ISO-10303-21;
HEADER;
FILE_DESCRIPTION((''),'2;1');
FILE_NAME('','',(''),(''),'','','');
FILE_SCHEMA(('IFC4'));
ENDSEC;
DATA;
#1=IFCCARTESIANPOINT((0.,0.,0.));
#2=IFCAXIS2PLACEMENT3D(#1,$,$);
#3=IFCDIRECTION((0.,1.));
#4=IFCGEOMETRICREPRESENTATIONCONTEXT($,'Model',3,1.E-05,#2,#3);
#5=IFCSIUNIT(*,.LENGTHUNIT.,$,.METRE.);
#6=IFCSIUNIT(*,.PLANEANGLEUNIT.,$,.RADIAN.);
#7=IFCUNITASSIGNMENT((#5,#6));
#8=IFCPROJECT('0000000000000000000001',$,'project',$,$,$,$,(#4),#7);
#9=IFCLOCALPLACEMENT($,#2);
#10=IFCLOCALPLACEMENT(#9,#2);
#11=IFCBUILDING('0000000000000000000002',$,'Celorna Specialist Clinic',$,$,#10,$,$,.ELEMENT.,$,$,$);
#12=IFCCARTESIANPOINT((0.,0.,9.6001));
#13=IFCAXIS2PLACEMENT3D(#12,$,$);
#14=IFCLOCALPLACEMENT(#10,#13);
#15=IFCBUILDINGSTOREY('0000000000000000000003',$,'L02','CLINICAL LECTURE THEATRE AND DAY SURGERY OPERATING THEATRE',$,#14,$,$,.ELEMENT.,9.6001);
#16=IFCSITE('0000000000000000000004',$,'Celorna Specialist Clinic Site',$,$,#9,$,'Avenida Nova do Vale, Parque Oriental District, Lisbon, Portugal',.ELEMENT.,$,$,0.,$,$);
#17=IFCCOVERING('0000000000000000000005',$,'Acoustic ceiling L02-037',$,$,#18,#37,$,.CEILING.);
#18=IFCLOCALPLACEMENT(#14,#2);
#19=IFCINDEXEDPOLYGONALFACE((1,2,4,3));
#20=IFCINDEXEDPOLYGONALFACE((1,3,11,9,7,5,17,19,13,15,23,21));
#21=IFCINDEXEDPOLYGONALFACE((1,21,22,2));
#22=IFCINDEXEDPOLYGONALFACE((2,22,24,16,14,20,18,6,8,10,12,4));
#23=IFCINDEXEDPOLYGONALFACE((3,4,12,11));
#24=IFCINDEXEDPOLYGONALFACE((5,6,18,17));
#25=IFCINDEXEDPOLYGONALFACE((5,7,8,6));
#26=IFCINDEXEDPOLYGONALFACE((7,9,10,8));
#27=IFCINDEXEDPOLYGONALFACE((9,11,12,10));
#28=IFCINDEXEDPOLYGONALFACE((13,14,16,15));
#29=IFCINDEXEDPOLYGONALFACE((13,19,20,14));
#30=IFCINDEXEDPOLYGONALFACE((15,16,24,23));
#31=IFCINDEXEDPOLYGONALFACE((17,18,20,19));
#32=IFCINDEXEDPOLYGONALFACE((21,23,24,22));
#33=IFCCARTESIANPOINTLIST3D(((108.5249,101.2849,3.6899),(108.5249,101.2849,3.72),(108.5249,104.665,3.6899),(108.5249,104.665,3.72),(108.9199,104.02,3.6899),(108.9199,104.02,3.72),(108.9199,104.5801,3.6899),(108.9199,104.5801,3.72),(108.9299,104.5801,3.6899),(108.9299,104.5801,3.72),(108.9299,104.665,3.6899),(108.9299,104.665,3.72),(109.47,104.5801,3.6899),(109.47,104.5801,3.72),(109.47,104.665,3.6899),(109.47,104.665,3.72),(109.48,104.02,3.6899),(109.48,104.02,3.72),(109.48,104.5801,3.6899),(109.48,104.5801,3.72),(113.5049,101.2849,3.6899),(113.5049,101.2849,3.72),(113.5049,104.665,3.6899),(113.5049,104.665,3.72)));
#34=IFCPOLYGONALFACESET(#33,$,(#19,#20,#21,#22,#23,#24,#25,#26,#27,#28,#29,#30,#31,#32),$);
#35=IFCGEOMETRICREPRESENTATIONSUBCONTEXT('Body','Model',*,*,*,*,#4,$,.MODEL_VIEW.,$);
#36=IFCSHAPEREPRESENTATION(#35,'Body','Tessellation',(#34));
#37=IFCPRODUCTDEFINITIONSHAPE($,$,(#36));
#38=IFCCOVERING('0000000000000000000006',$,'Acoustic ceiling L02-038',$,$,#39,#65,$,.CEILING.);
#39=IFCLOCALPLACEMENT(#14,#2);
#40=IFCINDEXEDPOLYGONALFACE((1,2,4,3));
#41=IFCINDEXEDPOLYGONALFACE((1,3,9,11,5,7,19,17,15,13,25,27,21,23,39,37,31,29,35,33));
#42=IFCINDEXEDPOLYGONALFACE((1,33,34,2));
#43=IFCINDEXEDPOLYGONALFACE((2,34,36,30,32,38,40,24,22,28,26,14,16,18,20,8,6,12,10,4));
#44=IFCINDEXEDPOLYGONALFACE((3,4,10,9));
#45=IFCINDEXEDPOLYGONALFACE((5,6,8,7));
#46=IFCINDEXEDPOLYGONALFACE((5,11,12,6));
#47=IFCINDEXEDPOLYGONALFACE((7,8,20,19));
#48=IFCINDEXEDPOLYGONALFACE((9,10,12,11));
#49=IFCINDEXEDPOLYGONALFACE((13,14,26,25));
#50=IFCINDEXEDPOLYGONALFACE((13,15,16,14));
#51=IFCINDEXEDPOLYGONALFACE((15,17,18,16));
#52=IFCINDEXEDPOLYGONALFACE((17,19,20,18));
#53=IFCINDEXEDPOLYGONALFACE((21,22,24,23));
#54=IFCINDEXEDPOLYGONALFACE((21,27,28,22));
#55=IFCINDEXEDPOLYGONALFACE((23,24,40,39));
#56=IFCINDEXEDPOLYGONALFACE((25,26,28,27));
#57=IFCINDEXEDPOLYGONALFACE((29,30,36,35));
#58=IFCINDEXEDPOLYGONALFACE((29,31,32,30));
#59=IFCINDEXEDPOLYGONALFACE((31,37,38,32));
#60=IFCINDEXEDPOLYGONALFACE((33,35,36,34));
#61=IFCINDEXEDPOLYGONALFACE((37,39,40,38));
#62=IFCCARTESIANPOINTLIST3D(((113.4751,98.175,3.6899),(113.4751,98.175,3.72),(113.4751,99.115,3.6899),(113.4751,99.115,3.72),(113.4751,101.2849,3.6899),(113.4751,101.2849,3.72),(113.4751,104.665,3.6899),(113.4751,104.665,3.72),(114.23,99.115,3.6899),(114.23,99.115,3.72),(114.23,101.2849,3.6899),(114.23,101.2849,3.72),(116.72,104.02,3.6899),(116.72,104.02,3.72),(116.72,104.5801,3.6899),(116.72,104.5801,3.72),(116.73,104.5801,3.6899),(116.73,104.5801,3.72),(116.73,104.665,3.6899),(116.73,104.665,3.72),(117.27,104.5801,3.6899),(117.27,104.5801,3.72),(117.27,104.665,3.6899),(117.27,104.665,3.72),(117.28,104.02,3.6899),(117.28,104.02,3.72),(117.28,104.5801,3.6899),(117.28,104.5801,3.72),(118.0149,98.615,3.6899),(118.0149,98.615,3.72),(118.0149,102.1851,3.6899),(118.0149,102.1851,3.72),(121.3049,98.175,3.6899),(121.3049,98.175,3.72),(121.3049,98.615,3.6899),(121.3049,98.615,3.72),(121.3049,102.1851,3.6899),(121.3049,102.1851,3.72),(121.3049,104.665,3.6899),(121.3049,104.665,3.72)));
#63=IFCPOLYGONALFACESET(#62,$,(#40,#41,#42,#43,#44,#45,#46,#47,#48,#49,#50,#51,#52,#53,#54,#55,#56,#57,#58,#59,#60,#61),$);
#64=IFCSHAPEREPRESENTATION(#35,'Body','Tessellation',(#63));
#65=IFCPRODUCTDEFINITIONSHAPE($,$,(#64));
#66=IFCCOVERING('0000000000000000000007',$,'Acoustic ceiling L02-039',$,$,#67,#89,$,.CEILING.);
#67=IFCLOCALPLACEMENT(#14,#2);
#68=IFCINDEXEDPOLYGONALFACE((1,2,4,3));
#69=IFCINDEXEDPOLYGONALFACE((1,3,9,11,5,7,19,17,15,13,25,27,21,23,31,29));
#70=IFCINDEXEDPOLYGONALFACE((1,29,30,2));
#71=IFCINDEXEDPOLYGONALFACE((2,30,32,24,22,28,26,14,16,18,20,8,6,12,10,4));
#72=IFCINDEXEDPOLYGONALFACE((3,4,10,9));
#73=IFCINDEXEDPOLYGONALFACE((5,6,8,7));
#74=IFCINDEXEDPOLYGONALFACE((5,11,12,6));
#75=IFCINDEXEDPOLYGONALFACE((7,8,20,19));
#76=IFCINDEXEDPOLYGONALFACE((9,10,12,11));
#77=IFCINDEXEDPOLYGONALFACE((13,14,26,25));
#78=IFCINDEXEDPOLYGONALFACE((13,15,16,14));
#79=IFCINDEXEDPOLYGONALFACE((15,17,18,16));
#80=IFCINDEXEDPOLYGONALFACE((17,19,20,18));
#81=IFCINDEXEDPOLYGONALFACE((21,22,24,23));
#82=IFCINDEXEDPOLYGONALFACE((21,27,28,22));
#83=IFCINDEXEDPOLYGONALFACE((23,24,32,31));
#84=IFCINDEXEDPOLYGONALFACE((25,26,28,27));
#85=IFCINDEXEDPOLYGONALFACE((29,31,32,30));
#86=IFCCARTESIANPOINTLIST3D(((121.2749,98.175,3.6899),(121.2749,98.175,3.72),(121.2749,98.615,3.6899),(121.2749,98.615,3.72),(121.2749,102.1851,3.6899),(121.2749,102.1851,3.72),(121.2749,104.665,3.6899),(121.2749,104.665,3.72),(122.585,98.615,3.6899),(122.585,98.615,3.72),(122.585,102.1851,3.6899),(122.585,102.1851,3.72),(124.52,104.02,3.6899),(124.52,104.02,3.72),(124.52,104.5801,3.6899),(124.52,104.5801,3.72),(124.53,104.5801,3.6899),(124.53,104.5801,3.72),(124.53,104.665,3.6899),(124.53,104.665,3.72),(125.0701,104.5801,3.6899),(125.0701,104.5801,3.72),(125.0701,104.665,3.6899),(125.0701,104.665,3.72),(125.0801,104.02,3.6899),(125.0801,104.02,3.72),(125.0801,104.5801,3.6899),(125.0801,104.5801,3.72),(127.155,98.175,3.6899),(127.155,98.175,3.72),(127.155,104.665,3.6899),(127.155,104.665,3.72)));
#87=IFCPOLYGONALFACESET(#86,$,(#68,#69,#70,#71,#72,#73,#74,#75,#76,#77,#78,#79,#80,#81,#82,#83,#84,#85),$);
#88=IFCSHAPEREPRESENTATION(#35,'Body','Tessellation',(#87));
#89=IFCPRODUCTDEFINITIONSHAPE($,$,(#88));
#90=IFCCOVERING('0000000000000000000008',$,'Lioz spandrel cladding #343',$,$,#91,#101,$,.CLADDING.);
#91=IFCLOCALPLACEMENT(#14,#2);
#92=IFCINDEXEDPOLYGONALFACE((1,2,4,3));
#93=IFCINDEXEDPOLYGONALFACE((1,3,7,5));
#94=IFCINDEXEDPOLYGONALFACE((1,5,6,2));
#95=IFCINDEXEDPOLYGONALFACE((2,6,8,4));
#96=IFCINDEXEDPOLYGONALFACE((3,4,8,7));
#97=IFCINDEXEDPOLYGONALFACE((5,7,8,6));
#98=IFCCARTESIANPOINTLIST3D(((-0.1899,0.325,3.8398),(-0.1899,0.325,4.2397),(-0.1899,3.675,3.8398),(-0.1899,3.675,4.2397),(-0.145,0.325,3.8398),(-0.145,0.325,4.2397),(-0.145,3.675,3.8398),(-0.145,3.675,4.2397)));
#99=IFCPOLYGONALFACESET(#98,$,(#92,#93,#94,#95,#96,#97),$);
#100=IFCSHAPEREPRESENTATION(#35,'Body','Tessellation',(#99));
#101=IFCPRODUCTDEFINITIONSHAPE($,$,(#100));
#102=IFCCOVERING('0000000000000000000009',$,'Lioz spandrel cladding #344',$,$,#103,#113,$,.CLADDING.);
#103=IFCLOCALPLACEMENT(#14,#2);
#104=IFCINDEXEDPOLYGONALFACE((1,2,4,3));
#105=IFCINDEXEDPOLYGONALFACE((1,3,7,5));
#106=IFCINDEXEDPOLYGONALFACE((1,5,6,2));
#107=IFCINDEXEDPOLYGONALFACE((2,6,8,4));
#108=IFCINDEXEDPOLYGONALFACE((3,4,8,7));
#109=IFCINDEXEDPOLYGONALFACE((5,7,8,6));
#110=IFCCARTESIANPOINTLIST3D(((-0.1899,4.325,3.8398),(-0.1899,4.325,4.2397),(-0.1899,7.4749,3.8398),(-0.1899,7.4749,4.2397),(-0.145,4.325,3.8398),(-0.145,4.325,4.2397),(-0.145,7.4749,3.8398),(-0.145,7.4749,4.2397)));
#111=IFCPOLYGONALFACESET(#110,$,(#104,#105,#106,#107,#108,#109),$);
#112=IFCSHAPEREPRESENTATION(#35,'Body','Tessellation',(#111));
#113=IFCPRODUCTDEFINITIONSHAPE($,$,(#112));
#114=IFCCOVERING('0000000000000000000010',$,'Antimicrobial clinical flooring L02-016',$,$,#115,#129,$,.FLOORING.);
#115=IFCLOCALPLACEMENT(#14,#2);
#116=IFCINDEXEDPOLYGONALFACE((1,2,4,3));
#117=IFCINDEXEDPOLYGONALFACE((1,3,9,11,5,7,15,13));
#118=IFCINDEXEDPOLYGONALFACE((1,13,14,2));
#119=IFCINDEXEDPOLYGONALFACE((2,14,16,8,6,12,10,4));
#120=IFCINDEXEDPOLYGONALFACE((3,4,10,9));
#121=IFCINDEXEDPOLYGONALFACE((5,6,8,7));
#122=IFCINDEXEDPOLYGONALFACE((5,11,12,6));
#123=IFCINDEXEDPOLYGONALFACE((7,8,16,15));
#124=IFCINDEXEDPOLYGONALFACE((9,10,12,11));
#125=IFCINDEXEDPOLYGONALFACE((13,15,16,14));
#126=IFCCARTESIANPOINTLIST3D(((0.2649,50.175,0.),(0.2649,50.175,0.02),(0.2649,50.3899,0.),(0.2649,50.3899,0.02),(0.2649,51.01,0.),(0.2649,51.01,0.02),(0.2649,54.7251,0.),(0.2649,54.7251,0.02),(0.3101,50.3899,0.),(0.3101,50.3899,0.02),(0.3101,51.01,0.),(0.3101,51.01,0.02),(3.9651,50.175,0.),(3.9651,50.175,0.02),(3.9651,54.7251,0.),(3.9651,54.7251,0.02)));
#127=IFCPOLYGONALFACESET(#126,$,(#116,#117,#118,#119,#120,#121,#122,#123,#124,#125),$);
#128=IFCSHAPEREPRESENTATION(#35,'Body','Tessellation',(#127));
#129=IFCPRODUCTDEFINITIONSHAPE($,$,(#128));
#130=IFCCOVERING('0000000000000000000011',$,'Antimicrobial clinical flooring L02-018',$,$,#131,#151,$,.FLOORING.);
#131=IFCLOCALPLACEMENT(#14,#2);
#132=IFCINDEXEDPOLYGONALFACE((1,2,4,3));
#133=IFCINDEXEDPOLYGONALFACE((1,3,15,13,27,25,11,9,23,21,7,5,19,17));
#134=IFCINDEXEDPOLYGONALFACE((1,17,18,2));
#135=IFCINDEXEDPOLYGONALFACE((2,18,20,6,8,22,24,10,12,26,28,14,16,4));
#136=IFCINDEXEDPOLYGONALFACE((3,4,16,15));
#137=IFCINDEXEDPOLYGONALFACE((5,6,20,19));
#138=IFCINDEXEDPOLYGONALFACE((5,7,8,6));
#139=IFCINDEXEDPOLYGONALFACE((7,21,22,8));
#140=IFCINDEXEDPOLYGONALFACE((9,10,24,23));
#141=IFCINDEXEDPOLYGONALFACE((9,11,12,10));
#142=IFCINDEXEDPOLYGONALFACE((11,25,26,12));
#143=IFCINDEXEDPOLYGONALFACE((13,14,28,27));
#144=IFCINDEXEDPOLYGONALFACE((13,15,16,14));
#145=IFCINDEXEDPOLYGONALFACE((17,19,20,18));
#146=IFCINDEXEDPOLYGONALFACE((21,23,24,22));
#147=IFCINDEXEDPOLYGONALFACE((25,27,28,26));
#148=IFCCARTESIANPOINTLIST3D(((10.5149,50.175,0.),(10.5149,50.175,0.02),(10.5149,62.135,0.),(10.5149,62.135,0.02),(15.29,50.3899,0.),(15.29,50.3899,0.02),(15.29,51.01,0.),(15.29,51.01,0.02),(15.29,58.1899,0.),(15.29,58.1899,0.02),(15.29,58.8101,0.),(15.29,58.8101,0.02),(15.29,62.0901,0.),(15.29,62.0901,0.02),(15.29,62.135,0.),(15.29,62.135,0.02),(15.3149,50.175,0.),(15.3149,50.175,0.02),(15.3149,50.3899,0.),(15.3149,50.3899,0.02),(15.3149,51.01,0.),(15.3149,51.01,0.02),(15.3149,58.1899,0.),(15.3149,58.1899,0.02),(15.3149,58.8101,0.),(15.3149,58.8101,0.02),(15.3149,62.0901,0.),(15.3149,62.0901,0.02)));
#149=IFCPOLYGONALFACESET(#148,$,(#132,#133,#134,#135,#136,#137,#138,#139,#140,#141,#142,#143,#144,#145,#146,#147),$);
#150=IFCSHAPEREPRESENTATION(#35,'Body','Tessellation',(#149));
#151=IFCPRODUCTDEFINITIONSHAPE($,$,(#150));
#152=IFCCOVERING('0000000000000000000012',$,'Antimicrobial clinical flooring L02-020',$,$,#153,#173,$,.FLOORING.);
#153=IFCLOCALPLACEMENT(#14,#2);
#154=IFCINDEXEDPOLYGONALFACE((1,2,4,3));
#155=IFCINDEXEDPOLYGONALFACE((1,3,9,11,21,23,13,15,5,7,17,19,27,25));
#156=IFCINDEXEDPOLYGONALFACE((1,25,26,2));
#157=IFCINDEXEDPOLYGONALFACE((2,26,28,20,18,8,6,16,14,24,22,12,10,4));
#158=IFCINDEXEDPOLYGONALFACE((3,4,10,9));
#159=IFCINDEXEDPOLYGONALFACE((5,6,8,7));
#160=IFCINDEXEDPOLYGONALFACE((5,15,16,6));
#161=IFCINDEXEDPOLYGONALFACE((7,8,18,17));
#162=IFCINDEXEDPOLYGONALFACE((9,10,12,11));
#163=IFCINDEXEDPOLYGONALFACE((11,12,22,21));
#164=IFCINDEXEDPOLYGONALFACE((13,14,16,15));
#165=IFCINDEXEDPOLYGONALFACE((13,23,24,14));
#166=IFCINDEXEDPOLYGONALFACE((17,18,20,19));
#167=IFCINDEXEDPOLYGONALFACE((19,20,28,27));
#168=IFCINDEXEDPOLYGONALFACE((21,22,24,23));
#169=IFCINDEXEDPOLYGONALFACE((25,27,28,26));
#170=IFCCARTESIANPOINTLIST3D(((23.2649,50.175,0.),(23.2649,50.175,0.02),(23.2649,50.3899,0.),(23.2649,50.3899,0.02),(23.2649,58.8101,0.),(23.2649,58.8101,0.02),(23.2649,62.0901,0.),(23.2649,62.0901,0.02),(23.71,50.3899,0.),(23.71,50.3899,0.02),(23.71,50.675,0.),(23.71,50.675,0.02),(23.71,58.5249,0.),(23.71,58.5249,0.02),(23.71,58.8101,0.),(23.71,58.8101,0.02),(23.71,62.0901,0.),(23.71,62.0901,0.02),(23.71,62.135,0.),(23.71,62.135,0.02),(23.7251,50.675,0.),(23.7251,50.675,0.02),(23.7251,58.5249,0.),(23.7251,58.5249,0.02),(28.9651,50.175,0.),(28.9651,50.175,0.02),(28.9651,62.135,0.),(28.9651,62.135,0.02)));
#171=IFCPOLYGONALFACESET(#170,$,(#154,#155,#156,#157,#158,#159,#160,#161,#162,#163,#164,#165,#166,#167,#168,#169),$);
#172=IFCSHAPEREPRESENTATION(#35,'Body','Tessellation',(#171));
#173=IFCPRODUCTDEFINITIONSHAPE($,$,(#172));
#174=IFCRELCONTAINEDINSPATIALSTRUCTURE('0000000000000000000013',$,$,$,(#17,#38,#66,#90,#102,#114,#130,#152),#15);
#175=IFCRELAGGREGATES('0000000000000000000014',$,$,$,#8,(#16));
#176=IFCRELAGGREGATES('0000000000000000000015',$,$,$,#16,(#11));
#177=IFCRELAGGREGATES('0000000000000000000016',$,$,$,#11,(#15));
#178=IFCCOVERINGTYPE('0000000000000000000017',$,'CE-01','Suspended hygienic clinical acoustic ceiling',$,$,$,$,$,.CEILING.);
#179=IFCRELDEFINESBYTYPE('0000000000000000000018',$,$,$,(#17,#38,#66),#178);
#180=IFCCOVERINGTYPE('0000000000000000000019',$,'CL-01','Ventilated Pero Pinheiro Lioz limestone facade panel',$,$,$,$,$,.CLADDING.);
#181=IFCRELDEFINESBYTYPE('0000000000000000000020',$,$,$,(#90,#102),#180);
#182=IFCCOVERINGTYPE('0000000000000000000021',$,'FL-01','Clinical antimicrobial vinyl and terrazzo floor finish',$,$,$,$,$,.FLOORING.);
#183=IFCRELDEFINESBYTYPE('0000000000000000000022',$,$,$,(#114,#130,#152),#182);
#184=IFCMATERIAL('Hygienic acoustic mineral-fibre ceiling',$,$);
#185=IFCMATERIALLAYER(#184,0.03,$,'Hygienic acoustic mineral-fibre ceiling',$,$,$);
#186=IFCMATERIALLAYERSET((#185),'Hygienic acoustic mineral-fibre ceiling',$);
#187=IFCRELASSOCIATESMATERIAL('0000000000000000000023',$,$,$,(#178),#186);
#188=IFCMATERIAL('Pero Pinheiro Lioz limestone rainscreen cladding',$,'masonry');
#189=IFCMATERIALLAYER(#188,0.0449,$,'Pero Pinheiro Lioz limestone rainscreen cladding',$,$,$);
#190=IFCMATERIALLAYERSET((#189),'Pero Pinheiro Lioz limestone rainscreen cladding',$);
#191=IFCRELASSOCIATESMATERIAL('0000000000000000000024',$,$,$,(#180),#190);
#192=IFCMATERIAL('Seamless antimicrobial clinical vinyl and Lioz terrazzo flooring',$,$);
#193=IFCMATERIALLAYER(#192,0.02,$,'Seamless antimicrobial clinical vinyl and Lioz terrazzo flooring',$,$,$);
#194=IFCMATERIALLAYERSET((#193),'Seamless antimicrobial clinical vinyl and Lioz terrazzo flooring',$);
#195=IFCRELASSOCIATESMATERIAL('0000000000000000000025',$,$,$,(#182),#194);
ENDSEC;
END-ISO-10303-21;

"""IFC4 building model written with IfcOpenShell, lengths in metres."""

from ifc_helpers import new_model, si_unit, direction, frame, origin, origin_2d, place, context, subcontext, project, spatial, polyline, rectangle, outline, extrude, material, layer, layer_set, type_object, element, save


model = new_model("IFC4")

# Units and contexts
model_context = context("Model", 3, precision=1e-05, world=origin(), true_north=direction((0.0, 1.0)))
body_context = subcontext(model_context, "Body", "Model", "MODEL_VIEW")
ifc_project = project(units=[si_unit("LENGTHUNIT", "METRE"), si_unit("PLANEANGLEUNIT", "RADIAN")], contexts=[model_context])

# Site, building, storey
site_placement = place(None, origin())
site = spatial("IfcSite", under=ifc_project, at=site_placement, Name="Celorna Specialist Clinic Site", LongName="Avenida Nova do Vale, Parque Oriental District, Lisbon, Portugal", CompositionType="ELEMENT", RefElevation=0.0)
building_placement = place(site_placement, origin())
building = spatial("IfcBuilding", under=site, at=building_placement, Name="Celorna Specialist Clinic", CompositionType="ELEMENT")
storey_placement = place(building_placement, frame((0.0, 0.0, 9.6001)))
storey = spatial("IfcBuildingStorey", under=building, at=storey_placement, Name="L02", Description="CLINICAL LECTURE THEATRE AND DAY SURGERY OPERATING THEATRE", CompositionType="ELEMENT", Elevation=9.6001)

# Coverings
ifc_material_1 = material(Name="Hygienic acoustic mineral-fibre ceiling")
ifc_layer_1 = layer(ifc_material_1, 0.03, Name="Hygienic acoustic mineral-fibre ceiling")
ifc_layer_set_1 = layer_set([ifc_layer_1], Name="Hygienic acoustic mineral-fibre ceiling")
covering_type_1 = type_object("IfcCoveringType", Name="CE-01", Description="Suspended hygienic clinical acoustic ceiling", PredefinedType="CEILING", material=ifc_layer_set_1)
covering_1_placement = place(storey_placement, frame((0.0, 0.0, 3.6899)))
element("IfcCovering", 1, at=covering_1_placement, inside=storey, type_object=covering_type_1, Name="Acoustic ceiling L02-037", PredefinedType="CEILING", context=body_context, shape_type="SweptSolid", body=[
    extrude(outline(polyline([(108.9299, 104.5801), (108.9199, 104.5801), (108.9199, 104.02), (109.48, 104.02), (109.48, 104.5801), (109.47, 104.5801), (109.47, 104.665), (113.5049, 104.665), (113.5049, 101.2849), (108.5249, 101.2849), (108.5249, 104.665), (108.9299, 104.665), (108.9299, 104.5801)])), origin(), (0.0, 0.0, 1.0), 0.03),
])
covering_2_placement = place(storey_placement, frame((0.0, 0.0, 3.6899)))
element("IfcCovering", 2, at=covering_2_placement, inside=storey, type_object=covering_type_1, Name="Acoustic ceiling L02-038", PredefinedType="CEILING", context=body_context, shape_type="SweptSolid", body=[
    extrude(outline(polyline([(113.4751, 99.115), (114.23, 99.115), (114.23, 101.2849), (113.4751, 101.2849), (113.4751, 104.665), (116.73, 104.665), (116.73, 104.5801), (116.72, 104.5801), (116.72, 104.02), (117.28, 104.02), (117.28, 104.5801), (117.27, 104.5801), (117.27, 104.665), (121.3049, 104.665), (121.3049, 102.1851), (118.0149, 102.1851), (118.0149, 98.615), (121.3049, 98.615), (121.3049, 98.175), (113.4751, 98.175), (113.4751, 99.115)])), origin(), (0.0, 0.0, 1.0), 0.03),
])
covering_3_placement = place(storey_placement, frame((0.0, 0.0, 3.6899)))
element("IfcCovering", 3, at=covering_3_placement, inside=storey, type_object=covering_type_1, Name="Acoustic ceiling L02-039", PredefinedType="CEILING", context=body_context, shape_type="SweptSolid", body=[
    extrude(outline(polyline([(124.53, 104.5801), (124.52, 104.5801), (124.52, 104.02), (125.0801, 104.02), (125.0801, 104.5801), (125.0701, 104.5801), (125.0701, 104.665), (127.155, 104.665), (127.155, 98.175), (121.2749, 98.175), (121.2749, 98.615), (122.585, 98.615), (122.585, 102.1851), (121.2749, 102.1851), (121.2749, 104.665), (124.53, 104.665), (124.53, 104.5801)])), origin(), (0.0, 0.0, 1.0), 0.03),
])
ifc_material_2 = material(Name="Pero Pinheiro Lioz limestone rainscreen cladding", Category="masonry")
ifc_layer_2 = layer(ifc_material_2, 0.0449, Name="Pero Pinheiro Lioz limestone rainscreen cladding")
ifc_layer_set_2 = layer_set([ifc_layer_2], Name="Pero Pinheiro Lioz limestone rainscreen cladding")
covering_type_2 = type_object("IfcCoveringType", Name="CL-01", Description="Ventilated Pero Pinheiro Lioz limestone facade panel", PredefinedType="CLADDING", material=ifc_layer_set_2)
covering_4_placement = place(storey_placement, frame((-0.1675, 2.0, 3.8398), z_axis=(0.0, 0.0, 1.0), x_axis=(0.0, 1.0, 0.0)))
element("IfcCovering", 4, at=covering_4_placement, inside=storey, type_object=covering_type_2, Name="Lioz spandrel cladding #343", PredefinedType="CLADDING", context=body_context, shape_type="SweptSolid", body=[
    extrude(rectangle(XDim=3.3501, YDim=0.0449, at=origin_2d()), origin(), (0.0, 0.0, 1.0), 0.3999),
])
covering_5_placement = place(storey_placement, frame((-0.1675, 5.8999, 3.8398), z_axis=(0.0, 0.0, 1.0), x_axis=(0.0, 1.0, 0.0)))
element("IfcCovering", 5, at=covering_5_placement, inside=storey, type_object=covering_type_2, Name="Lioz spandrel cladding #344", PredefinedType="CLADDING", context=body_context, shape_type="SweptSolid", body=[
    extrude(rectangle(XDim=3.1499, YDim=0.0449, at=origin_2d()), origin(), (0.0, 0.0, 1.0), 0.3999),
])
ifc_material_3 = material(Name="Seamless antimicrobial clinical vinyl and Lioz terrazzo flooring")
ifc_layer_3 = layer(ifc_material_3, 0.02, Name="Seamless antimicrobial clinical vinyl and Lioz terrazzo flooring")
ifc_layer_set_3 = layer_set([ifc_layer_3], Name="Seamless antimicrobial clinical vinyl and Lioz terrazzo flooring")
covering_type_3 = type_object("IfcCoveringType", Name="FL-01", Description="Clinical antimicrobial vinyl and terrazzo floor finish", PredefinedType="FLOORING", material=ifc_layer_set_3)
covering_6_placement = place(storey_placement, origin())
element("IfcCovering", 6, at=covering_6_placement, inside=storey, type_object=covering_type_3, Name="Antimicrobial clinical flooring L02-016", PredefinedType="FLOORING", context=body_context, shape_type="SweptSolid", body=[
    extrude(outline(polyline([(0.2649, 50.3899), (0.3101, 50.3899), (0.3101, 51.01), (0.2649, 51.01), (0.2649, 54.7251), (3.9651, 54.7251), (3.9651, 50.175), (0.2649, 50.175), (0.2649, 50.3899)])), origin(), (0.0, 0.0, 1.0), 0.02),
])
covering_7_placement = place(storey_placement, origin())
element("IfcCovering", 7, at=covering_7_placement, inside=storey, type_object=covering_type_3, Name="Antimicrobial clinical flooring L02-018", PredefinedType="FLOORING", context=body_context, shape_type="SweptSolid", body=[
    extrude(outline(polyline([(10.5149, 62.135), (15.29, 62.135), (15.29, 62.0901), (15.3149, 62.0901), (15.3149, 58.8101), (15.29, 58.8101), (15.29, 58.1899), (15.3149, 58.1899), (15.3149, 51.01), (15.29, 51.01), (15.29, 50.3899), (15.3149, 50.3899), (15.3149, 50.175), (10.5149, 50.175), (10.5149, 62.135)])), origin(), (0.0, 0.0, 1.0), 0.02),
])
covering_8_placement = place(storey_placement, origin())
element("IfcCovering", 8, at=covering_8_placement, inside=storey, type_object=covering_type_3, Name="Antimicrobial clinical flooring L02-020", PredefinedType="FLOORING", context=body_context, shape_type="SweptSolid", body=[
    extrude(outline(polyline([(23.71, 50.675), (23.7251, 50.675), (23.7251, 58.5249), (23.71, 58.5249), (23.71, 58.8101), (23.2649, 58.8101), (23.2649, 62.0901), (23.71, 62.0901), (23.71, 62.135), (28.9651, 62.135), (28.9651, 50.175), (23.2649, 50.175), (23.2649, 50.3899), (23.71, 50.3899), (23.71, 50.675)])), origin(), (0.0, 0.0, 1.0), 0.02),
])

save(model, "model.ifc")
